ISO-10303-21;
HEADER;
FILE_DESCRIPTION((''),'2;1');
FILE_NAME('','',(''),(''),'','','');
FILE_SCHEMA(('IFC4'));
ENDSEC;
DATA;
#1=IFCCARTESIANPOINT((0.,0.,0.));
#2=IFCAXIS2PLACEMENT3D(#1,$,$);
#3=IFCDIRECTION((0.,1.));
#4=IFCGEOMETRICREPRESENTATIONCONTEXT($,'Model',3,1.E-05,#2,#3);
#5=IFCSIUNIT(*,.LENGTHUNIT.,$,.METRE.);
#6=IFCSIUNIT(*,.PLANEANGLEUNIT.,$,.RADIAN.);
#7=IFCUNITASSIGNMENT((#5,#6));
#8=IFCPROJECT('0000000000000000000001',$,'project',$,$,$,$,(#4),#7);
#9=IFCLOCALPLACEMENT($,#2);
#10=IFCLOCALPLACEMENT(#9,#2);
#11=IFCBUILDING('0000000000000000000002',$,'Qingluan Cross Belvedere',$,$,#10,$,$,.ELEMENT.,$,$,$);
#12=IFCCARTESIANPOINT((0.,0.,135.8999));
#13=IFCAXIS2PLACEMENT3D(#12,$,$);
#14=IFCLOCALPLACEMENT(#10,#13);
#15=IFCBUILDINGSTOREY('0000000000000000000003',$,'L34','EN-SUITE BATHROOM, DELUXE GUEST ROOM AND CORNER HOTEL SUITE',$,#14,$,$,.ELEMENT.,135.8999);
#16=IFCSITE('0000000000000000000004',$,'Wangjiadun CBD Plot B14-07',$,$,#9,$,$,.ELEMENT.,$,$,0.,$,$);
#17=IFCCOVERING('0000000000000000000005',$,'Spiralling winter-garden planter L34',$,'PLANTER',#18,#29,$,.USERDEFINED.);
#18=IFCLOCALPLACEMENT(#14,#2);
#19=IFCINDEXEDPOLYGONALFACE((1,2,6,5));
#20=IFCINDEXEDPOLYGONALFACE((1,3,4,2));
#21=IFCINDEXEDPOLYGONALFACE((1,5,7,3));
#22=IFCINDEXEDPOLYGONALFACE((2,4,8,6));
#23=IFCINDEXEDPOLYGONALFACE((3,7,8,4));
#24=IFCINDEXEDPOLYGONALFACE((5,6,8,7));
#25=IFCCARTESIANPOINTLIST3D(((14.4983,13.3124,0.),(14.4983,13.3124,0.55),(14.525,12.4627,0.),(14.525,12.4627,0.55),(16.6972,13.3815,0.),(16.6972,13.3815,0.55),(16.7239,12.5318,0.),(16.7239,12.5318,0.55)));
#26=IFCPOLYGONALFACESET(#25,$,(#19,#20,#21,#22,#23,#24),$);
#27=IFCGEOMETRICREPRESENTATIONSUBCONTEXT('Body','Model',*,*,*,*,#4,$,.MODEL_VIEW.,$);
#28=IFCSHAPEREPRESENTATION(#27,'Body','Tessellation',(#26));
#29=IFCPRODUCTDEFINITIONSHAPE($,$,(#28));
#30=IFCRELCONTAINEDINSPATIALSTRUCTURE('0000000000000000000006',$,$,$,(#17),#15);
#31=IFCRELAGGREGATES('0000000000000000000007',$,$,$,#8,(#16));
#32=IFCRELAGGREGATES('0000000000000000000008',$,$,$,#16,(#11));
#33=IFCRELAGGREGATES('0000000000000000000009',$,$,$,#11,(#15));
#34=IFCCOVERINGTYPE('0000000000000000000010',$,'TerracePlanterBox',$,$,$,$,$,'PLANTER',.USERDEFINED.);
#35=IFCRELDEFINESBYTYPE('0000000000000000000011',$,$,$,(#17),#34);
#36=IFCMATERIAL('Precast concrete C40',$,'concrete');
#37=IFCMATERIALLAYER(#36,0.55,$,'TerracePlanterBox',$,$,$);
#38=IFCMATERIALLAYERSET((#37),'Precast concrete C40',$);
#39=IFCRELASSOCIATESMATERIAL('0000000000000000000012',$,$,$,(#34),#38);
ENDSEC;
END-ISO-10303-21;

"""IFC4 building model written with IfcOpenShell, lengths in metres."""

from ifc_helpers import new_model, si_unit, direction, frame, origin, origin_2d, place, context, subcontext, project, spatial, rectangle, extrude, material, layer, layer_set, type_object, element, save


model = new_model("IFC4")

# Units and contexts
model_context = context("Model", 3, precision=1e-05, world=origin(), true_north=direction((0.0, 1.0)))
body_context = subcontext(model_context, "Body", "Model", "MODEL_VIEW")
ifc_project = project(units=[si_unit("LENGTHUNIT", "METRE"), si_unit("PLANEANGLEUNIT", "RADIAN")], contexts=[model_context])

# Site, building, storey
site_placement = place(None, origin())
site = spatial("IfcSite", under=ifc_project, at=site_placement, Name="Wangjiadun CBD Plot B14-07", CompositionType="ELEMENT", RefElevation=0.0)
building_placement = place(site_placement, origin())
building = spatial("IfcBuilding", under=site, at=building_placement, Name="Qingluan Cross Belvedere", CompositionType="ELEMENT")
storey_placement = place(building_placement, frame((0.0, 0.0, 135.8999)))
storey = spatial("IfcBuildingStorey", under=building, at=storey_placement, Name="L34", Description="EN-SUITE BATHROOM, DELUXE GUEST ROOM AND CORNER HOTEL SUITE", CompositionType="ELEMENT", Elevation=135.8999)

# Covering
ifc_material_1 = material(Name="Precast concrete C40", Category="concrete")
ifc_layer_1 = layer(ifc_material_1, 0.55, Name="TerracePlanterBox")
ifc_layer_set_1 = layer_set([ifc_layer_1], Name="Precast concrete C40")
covering_type_1 = type_object("IfcCoveringType", Name="TerracePlanterBox", ElementType="PLANTER", PredefinedType="USERDEFINED", material=ifc_layer_set_1)
covering_placement = place(storey_placement, frame((15.6111, 12.9221, 0.0), z_axis=(0.0, 0.0, 1.0), x_axis=(0.999507, 0.031411, 0.0)))
element("IfcCovering", 1, at=covering_placement, inside=storey, type_object=covering_type_1, Name="Spiralling winter-garden planter L34", ObjectType="PLANTER", PredefinedType="USERDEFINED", context=body_context, shape_type="SweptSolid", body=[
    extrude(rectangle(XDim=2.2, YDim=0.8501, at=origin_2d()), origin(), (0.0, 0.0, 1.0), 0.55),
])

save(model, "model.ifc")
